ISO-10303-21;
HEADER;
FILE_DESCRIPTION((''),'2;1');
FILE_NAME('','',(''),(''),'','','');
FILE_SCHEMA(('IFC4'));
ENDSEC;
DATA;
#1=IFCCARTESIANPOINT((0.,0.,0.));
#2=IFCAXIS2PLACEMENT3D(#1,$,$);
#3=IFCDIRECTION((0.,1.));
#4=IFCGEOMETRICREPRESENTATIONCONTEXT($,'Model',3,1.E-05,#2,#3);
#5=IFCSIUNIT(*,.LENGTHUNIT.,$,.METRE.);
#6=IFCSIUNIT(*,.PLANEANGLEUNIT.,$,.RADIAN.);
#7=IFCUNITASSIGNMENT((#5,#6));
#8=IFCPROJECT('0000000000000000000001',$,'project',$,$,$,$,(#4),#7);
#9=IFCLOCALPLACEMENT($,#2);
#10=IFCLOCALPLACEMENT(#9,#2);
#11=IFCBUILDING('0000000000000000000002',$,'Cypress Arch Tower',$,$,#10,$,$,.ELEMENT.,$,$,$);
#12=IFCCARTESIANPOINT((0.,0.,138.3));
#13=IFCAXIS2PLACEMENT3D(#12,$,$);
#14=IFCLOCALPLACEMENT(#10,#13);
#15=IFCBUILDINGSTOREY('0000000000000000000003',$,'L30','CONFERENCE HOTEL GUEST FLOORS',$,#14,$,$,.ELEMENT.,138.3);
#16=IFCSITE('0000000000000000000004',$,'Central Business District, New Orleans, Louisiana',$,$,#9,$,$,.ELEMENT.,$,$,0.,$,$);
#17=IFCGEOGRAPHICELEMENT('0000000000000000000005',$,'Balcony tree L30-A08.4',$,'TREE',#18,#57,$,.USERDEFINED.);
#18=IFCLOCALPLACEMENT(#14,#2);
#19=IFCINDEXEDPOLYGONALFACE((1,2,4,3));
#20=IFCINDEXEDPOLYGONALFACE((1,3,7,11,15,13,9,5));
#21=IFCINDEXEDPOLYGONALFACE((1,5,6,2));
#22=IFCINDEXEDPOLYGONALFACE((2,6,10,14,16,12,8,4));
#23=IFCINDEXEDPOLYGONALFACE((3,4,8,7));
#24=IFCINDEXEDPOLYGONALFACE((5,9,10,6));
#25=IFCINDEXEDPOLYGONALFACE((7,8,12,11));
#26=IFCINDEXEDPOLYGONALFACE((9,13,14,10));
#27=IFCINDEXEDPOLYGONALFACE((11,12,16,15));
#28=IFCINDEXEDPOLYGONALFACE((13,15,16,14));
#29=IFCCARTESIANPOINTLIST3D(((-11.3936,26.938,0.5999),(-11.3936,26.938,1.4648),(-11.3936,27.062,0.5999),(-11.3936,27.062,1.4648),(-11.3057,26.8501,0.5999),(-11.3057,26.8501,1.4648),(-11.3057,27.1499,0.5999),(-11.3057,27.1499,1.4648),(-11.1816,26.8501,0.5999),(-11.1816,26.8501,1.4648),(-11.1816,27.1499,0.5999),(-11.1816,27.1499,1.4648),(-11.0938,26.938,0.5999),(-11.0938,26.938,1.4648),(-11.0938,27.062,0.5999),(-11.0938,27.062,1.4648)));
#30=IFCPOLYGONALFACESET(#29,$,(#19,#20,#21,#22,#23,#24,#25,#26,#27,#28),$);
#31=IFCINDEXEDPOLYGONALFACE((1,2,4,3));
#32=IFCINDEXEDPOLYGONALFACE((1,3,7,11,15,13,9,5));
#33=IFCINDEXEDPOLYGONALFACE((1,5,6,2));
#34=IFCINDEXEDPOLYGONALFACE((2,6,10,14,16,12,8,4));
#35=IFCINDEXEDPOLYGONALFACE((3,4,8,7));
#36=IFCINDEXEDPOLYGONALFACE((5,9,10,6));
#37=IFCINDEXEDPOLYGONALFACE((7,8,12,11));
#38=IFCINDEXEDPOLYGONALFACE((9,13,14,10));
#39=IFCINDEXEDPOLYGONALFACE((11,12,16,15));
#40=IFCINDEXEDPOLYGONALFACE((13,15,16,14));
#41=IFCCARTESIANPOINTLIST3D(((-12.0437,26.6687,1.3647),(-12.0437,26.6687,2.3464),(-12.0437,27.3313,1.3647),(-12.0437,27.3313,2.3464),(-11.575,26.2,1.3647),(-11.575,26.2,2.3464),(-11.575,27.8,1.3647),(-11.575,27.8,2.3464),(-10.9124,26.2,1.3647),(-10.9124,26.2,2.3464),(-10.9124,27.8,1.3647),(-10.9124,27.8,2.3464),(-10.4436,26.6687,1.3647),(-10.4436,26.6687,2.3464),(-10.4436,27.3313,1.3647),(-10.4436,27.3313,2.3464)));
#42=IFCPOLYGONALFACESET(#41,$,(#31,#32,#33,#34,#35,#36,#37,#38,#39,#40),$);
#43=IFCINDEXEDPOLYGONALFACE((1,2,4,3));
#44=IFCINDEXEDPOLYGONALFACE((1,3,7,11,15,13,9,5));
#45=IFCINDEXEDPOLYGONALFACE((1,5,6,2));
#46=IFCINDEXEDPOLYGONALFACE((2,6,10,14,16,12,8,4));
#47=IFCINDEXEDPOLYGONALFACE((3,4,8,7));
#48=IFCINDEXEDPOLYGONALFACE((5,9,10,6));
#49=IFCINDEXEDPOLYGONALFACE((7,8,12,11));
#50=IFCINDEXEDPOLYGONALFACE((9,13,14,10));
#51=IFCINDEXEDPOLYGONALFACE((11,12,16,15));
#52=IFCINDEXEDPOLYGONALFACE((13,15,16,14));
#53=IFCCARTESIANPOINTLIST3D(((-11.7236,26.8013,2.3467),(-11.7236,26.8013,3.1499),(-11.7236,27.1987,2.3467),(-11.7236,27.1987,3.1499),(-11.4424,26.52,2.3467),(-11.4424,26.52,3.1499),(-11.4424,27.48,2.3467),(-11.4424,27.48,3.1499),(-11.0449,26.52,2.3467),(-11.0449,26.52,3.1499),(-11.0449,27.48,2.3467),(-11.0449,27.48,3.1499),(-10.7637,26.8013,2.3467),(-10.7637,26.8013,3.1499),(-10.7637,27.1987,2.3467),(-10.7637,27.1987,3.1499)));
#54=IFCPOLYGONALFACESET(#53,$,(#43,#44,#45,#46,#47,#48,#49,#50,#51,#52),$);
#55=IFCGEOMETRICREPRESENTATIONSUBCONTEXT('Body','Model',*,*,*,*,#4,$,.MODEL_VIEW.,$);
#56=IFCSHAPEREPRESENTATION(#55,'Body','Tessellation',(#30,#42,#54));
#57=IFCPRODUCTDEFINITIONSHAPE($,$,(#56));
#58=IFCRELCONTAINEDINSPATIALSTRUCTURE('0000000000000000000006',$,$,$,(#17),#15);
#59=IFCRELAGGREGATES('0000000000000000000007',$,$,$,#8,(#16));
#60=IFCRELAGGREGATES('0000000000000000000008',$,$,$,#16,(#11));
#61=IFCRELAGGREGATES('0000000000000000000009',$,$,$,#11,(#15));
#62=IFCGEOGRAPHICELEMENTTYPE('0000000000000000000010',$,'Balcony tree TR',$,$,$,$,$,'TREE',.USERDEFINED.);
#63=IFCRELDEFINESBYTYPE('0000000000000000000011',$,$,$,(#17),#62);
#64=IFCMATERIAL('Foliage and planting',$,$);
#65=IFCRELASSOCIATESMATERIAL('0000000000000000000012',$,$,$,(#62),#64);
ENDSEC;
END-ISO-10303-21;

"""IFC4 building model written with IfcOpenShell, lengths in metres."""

from ifc_helpers import new_model, si_unit, direction, frame, origin, place, context, subcontext, project, spatial, polyline, outline, extrude, material, type_object, element, save


model = new_model("IFC4")

# Units and contexts
model_context = context("Model", 3, precision=1e-05, world=origin(), true_north=direction((0.0, 1.0)))
body_context = subcontext(model_context, "Body", "Model", "MODEL_VIEW")
ifc_project = project(units=[si_unit("LENGTHUNIT", "METRE"), si_unit("PLANEANGLEUNIT", "RADIAN")], contexts=[model_context])

# Site, building, storey
site_placement = place(None, origin())
site = spatial("IfcSite", under=ifc_project, at=site_placement, Name="Central Business District, New Orleans, Louisiana", CompositionType="ELEMENT", RefElevation=0.0)
building_placement = place(site_placement, origin())
building = spatial("IfcBuilding", under=site, at=building_placement, Name="Cypress Arch Tower", CompositionType="ELEMENT")
storey_placement = place(building_placement, frame((0.0, 0.0, 138.3)))
storey = spatial("IfcBuildingStorey", under=building, at=storey_placement, Name="L30", Description="CONFERENCE HOTEL GUEST FLOORS", CompositionType="ELEMENT", Elevation=138.3)

# Geographic element
ifc_material_1 = material(Name="Foliage and planting")
geographic_element_type = type_object("IfcGeographicElementType", Name="Balcony tree TR", ElementType="TREE", PredefinedType="USERDEFINED", material=ifc_material_1)
geographic_element_placement = place(storey_placement, frame((-11.2437, 27.0, 0.5999), z_axis=(0.0, 0.0, 1.0), x_axis=(1.0, 0.0, 0.0)))
element("IfcGeographicElement", 1, at=geographic_element_placement, inside=storey, type_object=geographic_element_type, Name="Balcony tree L30-A08.4", ObjectType="TREE", PredefinedType="USERDEFINED", context=body_context, shape_type="SweptSolid", body=[
    extrude(outline(polyline([(0.1499, 0.062), (0.062, 0.1499), (-0.062, 0.1499), (-0.1499, 0.062), (-0.1499, -0.062), (-0.062, -0.1499), (0.062, -0.1499), (0.1499, -0.062), (0.1499, 0.062)])), origin(), (0.0, 0.0, 1.0), 0.865),
    extrude(outline(polyline([(0.8, 0.3313), (0.3313, 0.8), (-0.3313, 0.8), (-0.8, 0.3313), (-0.8, -0.3313), (-0.3313, -0.8), (0.3313, -0.8), (0.8, -0.3313), (0.8, 0.3313)])), frame((0.0, 0.0, 0.7649)), (0.0, 0.0, 1.0), 0.9817),
    extrude(outline(polyline([(0.48, 0.1987), (0.1987, 0.48), (-0.1987, 0.48), (-0.48, 0.1987), (-0.48, -0.1987), (-0.1987, -0.48), (0.1987, -0.48), (0.48, -0.1987), (0.48, 0.1987)])), frame((0.0, 0.0, 1.7468)), (0.0, 0.0, 1.0), 0.8032),
])

save(model, "model.ifc")
